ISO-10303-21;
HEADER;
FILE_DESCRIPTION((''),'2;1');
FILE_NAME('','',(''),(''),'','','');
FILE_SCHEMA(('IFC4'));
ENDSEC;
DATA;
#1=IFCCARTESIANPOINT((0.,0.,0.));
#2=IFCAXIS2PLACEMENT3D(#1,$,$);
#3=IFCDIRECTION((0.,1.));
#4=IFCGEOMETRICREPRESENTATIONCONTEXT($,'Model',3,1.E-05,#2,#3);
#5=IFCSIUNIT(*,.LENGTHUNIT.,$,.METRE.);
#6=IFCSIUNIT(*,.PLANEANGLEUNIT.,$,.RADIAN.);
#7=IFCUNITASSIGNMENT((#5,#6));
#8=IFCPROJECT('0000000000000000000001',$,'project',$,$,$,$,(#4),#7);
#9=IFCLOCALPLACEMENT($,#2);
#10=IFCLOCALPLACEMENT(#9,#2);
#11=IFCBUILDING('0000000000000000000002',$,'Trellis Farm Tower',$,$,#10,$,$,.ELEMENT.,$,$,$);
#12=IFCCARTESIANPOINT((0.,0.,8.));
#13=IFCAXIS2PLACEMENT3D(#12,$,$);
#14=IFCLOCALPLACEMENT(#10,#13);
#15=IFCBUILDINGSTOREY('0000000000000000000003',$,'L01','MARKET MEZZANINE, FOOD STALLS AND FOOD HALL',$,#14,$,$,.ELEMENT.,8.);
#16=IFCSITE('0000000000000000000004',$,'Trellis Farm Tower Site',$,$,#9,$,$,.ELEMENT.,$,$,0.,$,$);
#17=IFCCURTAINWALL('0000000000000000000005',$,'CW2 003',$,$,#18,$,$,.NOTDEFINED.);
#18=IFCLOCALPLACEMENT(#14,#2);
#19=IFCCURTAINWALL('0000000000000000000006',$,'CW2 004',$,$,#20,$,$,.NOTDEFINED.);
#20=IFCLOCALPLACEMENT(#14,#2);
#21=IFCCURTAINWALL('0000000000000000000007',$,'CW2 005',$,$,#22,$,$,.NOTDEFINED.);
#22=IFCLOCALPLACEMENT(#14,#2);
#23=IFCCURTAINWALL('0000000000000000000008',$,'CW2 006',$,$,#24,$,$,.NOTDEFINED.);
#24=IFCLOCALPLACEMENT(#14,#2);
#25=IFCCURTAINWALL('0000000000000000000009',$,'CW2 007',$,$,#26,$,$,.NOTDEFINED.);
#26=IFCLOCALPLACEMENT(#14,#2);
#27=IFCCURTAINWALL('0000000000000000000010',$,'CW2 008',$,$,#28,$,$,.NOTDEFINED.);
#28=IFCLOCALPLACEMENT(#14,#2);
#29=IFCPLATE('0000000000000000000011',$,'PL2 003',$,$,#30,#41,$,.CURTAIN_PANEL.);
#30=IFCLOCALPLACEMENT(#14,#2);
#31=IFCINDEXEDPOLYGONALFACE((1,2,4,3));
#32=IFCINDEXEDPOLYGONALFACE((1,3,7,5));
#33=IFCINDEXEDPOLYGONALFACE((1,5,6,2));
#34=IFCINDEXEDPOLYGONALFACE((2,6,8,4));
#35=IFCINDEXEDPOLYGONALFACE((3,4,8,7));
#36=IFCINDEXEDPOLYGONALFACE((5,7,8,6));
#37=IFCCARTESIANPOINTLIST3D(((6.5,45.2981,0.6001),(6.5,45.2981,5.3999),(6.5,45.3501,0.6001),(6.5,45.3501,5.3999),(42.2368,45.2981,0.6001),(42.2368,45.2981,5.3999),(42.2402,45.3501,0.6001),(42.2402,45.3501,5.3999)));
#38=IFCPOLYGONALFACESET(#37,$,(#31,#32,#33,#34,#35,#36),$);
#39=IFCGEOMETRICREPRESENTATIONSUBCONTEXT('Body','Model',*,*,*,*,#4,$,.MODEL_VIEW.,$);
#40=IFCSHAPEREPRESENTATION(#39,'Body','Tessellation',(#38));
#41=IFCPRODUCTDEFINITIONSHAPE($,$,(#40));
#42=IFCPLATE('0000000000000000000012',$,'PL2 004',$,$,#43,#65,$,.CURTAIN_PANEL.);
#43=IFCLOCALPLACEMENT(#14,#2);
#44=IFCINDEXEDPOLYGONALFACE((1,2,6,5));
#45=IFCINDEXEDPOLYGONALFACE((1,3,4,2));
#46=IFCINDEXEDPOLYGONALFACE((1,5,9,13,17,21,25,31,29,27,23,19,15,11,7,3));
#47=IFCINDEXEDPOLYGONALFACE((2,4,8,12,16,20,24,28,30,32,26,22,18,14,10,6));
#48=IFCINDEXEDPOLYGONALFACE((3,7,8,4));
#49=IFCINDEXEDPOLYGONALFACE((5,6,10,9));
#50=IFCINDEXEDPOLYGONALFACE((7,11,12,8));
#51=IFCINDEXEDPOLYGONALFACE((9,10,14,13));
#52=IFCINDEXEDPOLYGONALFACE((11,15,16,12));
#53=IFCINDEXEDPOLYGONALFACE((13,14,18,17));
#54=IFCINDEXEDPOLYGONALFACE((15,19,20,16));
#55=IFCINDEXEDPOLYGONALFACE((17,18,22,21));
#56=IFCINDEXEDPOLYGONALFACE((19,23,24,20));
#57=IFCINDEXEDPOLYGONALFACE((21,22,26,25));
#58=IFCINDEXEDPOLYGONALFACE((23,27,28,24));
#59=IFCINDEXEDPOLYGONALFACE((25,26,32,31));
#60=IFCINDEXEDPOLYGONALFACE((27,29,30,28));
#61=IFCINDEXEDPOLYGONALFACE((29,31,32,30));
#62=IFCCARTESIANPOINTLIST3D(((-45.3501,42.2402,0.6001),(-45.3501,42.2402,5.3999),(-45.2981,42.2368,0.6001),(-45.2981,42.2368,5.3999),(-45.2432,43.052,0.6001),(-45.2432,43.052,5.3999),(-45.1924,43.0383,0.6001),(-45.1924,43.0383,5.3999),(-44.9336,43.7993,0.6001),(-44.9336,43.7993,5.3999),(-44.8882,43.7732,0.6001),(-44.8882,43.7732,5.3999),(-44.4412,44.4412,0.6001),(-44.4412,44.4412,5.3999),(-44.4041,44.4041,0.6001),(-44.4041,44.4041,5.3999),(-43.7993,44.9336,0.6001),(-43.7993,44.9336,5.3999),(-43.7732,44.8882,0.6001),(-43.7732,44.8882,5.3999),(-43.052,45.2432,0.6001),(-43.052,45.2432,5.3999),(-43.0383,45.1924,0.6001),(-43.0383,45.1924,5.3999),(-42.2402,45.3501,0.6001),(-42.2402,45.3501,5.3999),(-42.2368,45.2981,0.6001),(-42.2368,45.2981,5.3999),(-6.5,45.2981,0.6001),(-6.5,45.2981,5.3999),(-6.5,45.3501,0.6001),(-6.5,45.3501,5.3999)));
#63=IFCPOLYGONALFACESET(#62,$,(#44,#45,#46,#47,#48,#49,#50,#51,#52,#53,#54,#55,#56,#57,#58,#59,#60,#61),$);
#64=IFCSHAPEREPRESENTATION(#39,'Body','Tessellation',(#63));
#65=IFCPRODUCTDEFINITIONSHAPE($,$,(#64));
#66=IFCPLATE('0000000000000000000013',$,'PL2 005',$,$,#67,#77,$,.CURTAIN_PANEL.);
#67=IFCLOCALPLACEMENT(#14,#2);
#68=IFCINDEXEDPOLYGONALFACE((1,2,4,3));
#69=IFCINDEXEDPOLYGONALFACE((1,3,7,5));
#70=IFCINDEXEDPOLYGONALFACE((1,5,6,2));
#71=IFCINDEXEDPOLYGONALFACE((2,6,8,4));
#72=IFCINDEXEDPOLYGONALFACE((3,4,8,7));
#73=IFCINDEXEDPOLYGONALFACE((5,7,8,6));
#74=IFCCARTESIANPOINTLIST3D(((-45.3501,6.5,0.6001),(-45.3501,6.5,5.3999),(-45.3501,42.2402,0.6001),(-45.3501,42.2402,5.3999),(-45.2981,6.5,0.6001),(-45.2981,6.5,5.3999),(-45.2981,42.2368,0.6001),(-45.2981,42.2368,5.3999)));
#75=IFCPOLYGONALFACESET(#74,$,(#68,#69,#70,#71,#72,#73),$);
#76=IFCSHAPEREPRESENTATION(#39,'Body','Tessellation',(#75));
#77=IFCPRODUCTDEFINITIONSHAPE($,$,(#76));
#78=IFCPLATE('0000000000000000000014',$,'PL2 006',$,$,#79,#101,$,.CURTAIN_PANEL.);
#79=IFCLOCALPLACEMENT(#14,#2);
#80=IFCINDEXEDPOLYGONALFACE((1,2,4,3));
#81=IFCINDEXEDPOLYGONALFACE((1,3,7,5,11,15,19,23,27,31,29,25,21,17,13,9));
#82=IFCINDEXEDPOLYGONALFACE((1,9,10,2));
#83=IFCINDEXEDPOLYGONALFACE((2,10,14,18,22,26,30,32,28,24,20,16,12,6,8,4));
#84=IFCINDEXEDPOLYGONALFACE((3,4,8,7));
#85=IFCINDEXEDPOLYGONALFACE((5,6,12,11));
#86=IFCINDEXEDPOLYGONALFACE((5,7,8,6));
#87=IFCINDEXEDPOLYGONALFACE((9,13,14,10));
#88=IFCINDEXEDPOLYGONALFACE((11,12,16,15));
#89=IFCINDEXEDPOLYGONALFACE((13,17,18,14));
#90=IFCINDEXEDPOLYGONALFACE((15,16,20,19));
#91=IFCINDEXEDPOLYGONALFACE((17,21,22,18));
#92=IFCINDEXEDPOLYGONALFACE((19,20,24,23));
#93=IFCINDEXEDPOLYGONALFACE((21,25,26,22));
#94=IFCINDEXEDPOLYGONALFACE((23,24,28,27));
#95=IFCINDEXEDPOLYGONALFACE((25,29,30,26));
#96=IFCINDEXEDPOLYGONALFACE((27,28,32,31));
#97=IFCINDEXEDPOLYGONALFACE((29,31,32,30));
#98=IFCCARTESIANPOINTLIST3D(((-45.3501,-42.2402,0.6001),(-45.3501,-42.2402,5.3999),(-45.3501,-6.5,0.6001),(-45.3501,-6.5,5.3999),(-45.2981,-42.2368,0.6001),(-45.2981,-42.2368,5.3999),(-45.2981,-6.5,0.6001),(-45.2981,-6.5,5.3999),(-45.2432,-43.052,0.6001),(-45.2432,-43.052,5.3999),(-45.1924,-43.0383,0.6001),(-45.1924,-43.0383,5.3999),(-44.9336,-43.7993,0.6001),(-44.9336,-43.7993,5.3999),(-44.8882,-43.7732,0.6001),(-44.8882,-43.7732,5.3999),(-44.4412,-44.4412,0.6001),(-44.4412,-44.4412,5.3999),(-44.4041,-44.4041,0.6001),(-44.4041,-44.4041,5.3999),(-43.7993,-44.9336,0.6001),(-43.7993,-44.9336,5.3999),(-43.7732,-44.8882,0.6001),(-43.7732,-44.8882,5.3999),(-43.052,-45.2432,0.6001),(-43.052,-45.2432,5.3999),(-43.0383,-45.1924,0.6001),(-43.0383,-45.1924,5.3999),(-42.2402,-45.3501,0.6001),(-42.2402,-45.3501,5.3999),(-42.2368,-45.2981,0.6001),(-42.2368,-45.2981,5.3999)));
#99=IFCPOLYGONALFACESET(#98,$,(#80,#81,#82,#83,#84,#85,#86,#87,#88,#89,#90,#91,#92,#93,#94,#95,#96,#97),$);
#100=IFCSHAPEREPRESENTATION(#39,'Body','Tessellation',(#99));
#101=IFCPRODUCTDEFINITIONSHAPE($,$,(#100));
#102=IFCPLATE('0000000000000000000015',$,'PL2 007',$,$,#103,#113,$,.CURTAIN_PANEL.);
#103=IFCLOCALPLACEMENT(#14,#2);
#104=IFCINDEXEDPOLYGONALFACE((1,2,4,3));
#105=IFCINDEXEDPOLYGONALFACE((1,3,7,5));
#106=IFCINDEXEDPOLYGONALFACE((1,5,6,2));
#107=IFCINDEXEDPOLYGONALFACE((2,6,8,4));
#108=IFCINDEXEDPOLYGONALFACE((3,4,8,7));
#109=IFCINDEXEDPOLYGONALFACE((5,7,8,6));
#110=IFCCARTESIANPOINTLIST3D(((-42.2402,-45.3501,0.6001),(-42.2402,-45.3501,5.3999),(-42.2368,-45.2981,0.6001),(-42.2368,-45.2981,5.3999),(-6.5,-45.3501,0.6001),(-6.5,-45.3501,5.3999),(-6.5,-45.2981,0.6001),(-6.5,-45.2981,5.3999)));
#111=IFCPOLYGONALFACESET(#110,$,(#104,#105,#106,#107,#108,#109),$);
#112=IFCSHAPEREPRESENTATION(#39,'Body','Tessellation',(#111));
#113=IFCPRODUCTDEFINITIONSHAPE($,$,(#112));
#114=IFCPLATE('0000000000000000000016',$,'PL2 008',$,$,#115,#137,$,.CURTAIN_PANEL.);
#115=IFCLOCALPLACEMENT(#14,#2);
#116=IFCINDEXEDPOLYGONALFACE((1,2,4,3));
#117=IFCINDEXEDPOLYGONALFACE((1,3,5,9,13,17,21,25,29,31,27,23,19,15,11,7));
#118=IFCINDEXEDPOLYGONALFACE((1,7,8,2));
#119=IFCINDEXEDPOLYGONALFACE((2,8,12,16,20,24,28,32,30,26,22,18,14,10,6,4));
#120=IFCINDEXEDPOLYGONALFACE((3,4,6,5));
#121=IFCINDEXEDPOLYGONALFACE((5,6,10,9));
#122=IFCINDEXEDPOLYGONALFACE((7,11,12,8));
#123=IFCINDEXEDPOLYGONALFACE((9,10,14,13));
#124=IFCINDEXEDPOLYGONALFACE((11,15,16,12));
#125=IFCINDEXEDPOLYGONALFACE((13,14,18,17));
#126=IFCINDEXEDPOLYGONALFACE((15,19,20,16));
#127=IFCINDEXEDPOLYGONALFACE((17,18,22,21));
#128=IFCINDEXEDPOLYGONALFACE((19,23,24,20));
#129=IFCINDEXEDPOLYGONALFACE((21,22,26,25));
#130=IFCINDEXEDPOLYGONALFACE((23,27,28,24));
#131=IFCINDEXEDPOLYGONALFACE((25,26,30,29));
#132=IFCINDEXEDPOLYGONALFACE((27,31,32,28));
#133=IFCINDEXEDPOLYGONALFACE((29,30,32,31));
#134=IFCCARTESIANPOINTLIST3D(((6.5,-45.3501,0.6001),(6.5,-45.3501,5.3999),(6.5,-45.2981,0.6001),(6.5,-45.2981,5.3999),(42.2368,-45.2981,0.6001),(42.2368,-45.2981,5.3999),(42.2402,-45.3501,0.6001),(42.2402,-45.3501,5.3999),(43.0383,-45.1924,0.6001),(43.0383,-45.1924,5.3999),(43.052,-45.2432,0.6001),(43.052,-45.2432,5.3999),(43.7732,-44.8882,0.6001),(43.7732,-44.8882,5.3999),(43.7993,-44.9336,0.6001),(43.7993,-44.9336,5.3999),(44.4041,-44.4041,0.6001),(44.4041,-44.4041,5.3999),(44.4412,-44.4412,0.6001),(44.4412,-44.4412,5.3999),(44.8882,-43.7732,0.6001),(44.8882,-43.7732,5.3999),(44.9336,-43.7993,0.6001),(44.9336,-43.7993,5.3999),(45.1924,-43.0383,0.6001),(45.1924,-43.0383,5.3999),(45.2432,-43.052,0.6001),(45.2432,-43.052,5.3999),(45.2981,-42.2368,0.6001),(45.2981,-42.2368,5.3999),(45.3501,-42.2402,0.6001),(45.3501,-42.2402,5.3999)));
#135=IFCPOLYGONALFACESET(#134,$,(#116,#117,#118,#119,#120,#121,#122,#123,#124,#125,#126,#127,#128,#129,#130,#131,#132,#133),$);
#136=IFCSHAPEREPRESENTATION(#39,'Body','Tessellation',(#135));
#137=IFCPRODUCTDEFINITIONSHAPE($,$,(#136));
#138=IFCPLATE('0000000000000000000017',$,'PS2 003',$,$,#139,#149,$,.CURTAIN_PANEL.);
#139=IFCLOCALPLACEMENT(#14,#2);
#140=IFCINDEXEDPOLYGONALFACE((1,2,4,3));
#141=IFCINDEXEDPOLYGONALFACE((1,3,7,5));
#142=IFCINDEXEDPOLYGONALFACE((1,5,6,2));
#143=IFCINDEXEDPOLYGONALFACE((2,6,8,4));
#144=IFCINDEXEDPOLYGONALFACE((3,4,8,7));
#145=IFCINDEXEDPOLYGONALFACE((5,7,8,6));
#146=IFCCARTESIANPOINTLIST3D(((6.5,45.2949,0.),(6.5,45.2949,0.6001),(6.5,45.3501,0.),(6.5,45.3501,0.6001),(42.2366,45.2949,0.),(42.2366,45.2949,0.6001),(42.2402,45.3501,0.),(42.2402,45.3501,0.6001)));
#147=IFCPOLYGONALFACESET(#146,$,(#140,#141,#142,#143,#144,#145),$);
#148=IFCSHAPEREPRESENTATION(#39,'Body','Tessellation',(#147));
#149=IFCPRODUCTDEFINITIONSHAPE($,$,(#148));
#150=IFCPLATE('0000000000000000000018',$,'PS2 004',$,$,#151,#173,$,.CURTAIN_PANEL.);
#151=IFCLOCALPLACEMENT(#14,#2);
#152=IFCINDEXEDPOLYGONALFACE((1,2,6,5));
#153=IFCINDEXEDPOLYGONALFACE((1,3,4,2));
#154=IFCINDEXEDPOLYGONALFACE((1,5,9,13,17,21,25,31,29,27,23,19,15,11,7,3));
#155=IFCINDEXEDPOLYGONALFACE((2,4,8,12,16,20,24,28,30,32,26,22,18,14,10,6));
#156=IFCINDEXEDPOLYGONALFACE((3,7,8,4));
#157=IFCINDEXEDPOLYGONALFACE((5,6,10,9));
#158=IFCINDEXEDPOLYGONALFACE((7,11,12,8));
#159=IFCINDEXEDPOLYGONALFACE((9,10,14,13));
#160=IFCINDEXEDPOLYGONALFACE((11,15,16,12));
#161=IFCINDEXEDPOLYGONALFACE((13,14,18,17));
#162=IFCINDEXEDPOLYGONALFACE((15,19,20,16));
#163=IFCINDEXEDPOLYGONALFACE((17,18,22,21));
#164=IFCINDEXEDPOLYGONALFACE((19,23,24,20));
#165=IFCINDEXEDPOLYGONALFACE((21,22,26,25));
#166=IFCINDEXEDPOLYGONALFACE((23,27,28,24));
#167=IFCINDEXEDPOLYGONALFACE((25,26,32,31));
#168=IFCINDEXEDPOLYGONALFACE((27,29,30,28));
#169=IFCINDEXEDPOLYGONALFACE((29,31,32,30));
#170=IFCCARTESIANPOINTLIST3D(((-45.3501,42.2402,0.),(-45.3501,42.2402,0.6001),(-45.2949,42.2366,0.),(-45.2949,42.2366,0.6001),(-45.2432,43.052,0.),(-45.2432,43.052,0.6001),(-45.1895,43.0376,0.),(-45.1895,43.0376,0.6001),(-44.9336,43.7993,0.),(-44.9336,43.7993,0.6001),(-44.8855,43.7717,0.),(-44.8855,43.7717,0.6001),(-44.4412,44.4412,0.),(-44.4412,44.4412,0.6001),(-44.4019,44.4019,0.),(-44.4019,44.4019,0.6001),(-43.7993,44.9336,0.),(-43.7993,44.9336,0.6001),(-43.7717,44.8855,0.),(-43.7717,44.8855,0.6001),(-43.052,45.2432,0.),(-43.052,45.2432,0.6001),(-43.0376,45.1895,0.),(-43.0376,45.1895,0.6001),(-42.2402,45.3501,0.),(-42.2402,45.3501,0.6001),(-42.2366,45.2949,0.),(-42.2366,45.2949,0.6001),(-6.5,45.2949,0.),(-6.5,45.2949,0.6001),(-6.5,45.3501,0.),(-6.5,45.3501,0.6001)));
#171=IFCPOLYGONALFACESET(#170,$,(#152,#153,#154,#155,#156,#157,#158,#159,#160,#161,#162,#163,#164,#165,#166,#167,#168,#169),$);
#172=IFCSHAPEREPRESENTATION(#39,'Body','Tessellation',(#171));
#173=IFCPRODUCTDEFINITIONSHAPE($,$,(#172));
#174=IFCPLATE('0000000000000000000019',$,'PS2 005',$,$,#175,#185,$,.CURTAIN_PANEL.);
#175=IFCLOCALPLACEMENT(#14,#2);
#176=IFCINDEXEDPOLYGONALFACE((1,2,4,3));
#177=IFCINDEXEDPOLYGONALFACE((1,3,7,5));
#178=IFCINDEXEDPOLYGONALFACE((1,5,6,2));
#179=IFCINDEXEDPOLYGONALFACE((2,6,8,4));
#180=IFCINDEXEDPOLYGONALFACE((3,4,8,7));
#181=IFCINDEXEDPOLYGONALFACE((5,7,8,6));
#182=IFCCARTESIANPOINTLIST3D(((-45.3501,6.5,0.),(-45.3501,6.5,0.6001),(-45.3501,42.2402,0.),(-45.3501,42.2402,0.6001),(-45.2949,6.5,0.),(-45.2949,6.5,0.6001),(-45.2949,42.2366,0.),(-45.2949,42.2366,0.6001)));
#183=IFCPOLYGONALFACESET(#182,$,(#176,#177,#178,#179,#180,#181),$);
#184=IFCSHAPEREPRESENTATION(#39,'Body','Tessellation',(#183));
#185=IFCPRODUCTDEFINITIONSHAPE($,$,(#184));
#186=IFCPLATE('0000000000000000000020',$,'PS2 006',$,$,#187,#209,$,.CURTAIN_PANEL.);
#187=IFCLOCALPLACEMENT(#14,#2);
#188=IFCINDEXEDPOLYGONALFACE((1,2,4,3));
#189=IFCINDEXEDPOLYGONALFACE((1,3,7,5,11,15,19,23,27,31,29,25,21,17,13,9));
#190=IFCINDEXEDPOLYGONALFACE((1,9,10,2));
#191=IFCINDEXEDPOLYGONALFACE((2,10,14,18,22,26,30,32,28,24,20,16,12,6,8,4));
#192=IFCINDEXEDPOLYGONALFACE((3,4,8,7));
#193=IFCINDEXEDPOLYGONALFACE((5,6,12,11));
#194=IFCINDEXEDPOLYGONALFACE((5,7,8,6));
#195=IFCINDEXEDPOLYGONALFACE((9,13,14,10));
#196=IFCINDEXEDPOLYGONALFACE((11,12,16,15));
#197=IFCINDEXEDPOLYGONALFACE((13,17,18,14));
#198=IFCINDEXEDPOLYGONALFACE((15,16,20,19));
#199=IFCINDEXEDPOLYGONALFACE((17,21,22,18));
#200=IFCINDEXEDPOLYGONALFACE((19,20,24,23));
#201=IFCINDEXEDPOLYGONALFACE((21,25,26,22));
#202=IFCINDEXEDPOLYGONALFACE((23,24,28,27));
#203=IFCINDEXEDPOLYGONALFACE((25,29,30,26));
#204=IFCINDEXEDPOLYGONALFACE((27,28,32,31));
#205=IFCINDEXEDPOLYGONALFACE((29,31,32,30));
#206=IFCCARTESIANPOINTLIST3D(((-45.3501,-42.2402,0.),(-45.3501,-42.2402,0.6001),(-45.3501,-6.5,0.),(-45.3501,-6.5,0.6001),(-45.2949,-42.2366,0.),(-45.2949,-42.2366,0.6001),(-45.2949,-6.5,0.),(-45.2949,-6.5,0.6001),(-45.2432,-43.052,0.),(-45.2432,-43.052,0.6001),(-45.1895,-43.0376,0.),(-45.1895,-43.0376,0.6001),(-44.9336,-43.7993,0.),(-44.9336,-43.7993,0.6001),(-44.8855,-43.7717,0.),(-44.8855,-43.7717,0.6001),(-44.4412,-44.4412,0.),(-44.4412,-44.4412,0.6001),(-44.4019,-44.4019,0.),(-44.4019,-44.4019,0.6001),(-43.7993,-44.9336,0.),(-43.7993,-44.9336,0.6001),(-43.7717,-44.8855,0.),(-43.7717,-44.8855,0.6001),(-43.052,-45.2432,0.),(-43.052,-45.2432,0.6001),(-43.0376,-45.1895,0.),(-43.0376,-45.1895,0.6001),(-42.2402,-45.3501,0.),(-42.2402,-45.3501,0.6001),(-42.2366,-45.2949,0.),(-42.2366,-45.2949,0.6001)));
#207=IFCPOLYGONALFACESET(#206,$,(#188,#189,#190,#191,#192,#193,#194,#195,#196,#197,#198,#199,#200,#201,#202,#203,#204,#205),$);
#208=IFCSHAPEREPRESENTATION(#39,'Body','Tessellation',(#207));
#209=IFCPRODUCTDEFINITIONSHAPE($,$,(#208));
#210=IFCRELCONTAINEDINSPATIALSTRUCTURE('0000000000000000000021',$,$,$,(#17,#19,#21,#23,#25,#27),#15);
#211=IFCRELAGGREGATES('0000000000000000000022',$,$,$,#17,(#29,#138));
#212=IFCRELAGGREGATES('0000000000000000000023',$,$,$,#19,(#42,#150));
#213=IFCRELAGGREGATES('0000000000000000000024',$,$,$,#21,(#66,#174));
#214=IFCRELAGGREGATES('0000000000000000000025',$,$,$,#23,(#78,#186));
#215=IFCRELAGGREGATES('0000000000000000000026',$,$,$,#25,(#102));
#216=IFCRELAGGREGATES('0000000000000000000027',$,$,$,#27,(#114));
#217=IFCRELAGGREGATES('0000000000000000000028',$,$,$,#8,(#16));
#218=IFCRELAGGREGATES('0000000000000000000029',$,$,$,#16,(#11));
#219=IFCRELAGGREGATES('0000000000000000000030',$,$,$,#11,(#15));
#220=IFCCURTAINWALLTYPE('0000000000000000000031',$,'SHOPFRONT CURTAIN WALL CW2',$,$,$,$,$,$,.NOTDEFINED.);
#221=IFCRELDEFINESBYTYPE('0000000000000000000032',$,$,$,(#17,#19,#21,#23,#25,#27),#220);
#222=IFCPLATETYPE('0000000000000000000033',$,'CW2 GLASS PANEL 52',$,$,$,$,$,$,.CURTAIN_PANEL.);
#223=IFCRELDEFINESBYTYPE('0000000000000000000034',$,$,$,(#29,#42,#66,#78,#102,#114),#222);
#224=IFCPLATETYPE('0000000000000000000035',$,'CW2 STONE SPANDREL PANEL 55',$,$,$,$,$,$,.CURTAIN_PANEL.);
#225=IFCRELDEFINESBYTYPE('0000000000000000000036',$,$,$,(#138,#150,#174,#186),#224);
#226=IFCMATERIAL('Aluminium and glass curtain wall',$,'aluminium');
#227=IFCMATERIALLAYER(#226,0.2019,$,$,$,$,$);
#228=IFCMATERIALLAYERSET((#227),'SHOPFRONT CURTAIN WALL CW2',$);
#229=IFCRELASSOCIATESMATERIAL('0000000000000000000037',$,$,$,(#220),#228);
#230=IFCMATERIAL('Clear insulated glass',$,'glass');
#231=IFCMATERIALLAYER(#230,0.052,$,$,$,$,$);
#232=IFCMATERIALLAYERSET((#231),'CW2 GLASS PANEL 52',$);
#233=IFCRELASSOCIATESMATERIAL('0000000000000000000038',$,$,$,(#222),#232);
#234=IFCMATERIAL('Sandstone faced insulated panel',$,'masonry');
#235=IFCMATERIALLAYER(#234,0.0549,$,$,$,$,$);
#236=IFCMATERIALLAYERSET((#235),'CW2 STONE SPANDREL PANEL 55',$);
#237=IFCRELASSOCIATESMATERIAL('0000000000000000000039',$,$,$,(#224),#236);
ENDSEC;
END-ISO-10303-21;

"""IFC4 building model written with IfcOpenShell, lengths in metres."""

from ifc_helpers import new_model, si_unit, direction, frame, origin, place, context, subcontext, project, spatial, polyline, outline, extrude, material, layer, layer_set, type_object, element, aggregate, save


model = new_model("IFC4")

# Units and contexts
model_context = context("Model", 3, precision=1e-05, world=origin(), true_north=direction((0.0, 1.0)))
body_context = subcontext(model_context, "Body", "Model", "MODEL_VIEW")
ifc_project = project(units=[si_unit("LENGTHUNIT", "METRE"), si_unit("PLANEANGLEUNIT", "RADIAN")], contexts=[model_context])

# Site, building, storey
site_placement = place(None, origin())
site = spatial("IfcSite", under=ifc_project, at=site_placement, Name="Trellis Farm Tower Site", CompositionType="ELEMENT", RefElevation=0.0)
building_placement = place(site_placement, origin())
building = spatial("IfcBuilding", under=site, at=building_placement, Name="Trellis Farm Tower", CompositionType="ELEMENT")
storey_placement = place(building_placement, frame((0.0, 0.0, 8.0)))
storey = spatial("IfcBuildingStorey", under=building, at=storey_placement, Name="L01", Description="MARKET MEZZANINE, FOOD STALLS AND FOOD HALL", CompositionType="ELEMENT", Elevation=8.0)

# Curtain walls
ifc_material_1 = material(Name="Aluminium and glass curtain wall", Category="aluminium")
ifc_layer_1 = layer(ifc_material_1, 0.2019)
ifc_layer_set_1 = layer_set([ifc_layer_1], Name="SHOPFRONT CURTAIN WALL CW2")
curtain_wall_type_1 = type_object("IfcCurtainWallType", Name="SHOPFRONT CURTAIN WALL CW2", PredefinedType="NOTDEFINED", material=ifc_layer_set_1)
placement_1 = place(storey_placement, origin())
curtain_wall_1 = element("IfcCurtainWall", 1, at=placement_1, inside=storey, type_object=curtain_wall_type_1, Name="CW2 003", PredefinedType="NOTDEFINED")
curtain_wall_2 = element("IfcCurtainWall", 2, at=placement_1, inside=storey, type_object=curtain_wall_type_1, Name="CW2 004", PredefinedType="NOTDEFINED")
curtain_wall_3 = element("IfcCurtainWall", 3, at=placement_1, inside=storey, type_object=curtain_wall_type_1, Name="CW2 005", PredefinedType="NOTDEFINED")
curtain_wall_4 = element("IfcCurtainWall", 4, at=placement_1, inside=storey, type_object=curtain_wall_type_1, Name="CW2 006", PredefinedType="NOTDEFINED")
curtain_wall_5 = element("IfcCurtainWall", 5, at=placement_1, inside=storey, type_object=curtain_wall_type_1, Name="CW2 007", PredefinedType="NOTDEFINED")
curtain_wall_6 = element("IfcCurtainWall", 6, at=placement_1, inside=storey, type_object=curtain_wall_type_1, Name="CW2 008", PredefinedType="NOTDEFINED")

# Plates
ifc_material_2 = material(Name="Clear insulated glass", Category="glass")
ifc_layer_2 = layer(ifc_material_2, 0.052)
ifc_layer_set_2 = layer_set([ifc_layer_2], Name="CW2 GLASS PANEL 52")
plate_type_1 = type_object("IfcPlateType", Name="CW2 GLASS PANEL 52", PredefinedType="CURTAIN_PANEL", material=ifc_layer_set_2)
placement_2 = place(storey_placement, frame((0.0, 0.0, 0.6001)))
plate_1 = element("IfcPlate", 7, at=placement_2, type_object=plate_type_1, Name="PL2 003", PredefinedType="CURTAIN_PANEL", context=body_context, shape_type="SweptSolid", body=[
    extrude(outline(polyline([(42.2402, 45.3501), (6.5, 45.3501), (6.5, 45.2981), (42.2368, 45.2981), (42.2402, 45.3501)])), origin(), (0.0, 0.0, 1.0), 4.7998),
])
plate_2 = element("IfcPlate", 8, at=placement_2, type_object=plate_type_1, Name="PL2 004", PredefinedType="CURTAIN_PANEL", context=body_context, shape_type="SweptSolid", body=[
    extrude(outline(polyline([(-6.5, 45.3501), (-42.2402, 45.3501), (-43.052, 45.2432), (-43.7993, 44.9336), (-44.4412, 44.4412), (-44.9336, 43.7993), (-45.2432, 43.052), (-45.3501, 42.2402), (-45.2981, 42.2368), (-45.1924, 43.0383), (-44.8882, 43.7732), (-44.4041, 44.4041), (-43.7732, 44.8882), (-43.0383, 45.1924), (-42.2368, 45.2981), (-6.5, 45.2981), (-6.5, 45.3501)])), origin(), (0.0, 0.0, 1.0), 4.7998),
])
plate_3 = element("IfcPlate", 9, at=placement_2, type_object=plate_type_1, Name="PL2 005", PredefinedType="CURTAIN_PANEL", context=body_context, shape_type="SweptSolid", body=[
    extrude(outline(polyline([(-45.3501, 42.2402), (-45.3501, 6.5), (-45.2981, 6.5), (-45.2981, 42.2368), (-45.3501, 42.2402)])), origin(), (0.0, 0.0, 1.0), 4.7998),
])
plate_4 = element("IfcPlate", 10, at=placement_2, type_object=plate_type_1, Name="PL2 006", PredefinedType="CURTAIN_PANEL", context=body_context, shape_type="SweptSolid", body=[
    extrude(outline(polyline([(-45.3501, -6.5), (-45.3501, -42.2402), (-45.2432, -43.052), (-44.9336, -43.7993), (-44.4412, -44.4412), (-43.7993, -44.9336), (-43.052, -45.2432), (-42.2402, -45.3501), (-42.2368, -45.2981), (-43.0383, -45.1924), (-43.7732, -44.8882), (-44.4041, -44.4041), (-44.8882, -43.7732), (-45.1924, -43.0383), (-45.2981, -42.2368), (-45.2981, -6.5), (-45.3501, -6.5)])), origin(), (0.0, 0.0, 1.0), 4.7998),
])
plate_5 = element("IfcPlate", 11, at=placement_2, type_object=plate_type_1, Name="PL2 007", PredefinedType="CURTAIN_PANEL", context=body_context, shape_type="SweptSolid", body=[
    extrude(outline(polyline([(-42.2402, -45.3501), (-6.5, -45.3501), (-6.5, -45.2981), (-42.2368, -45.2981), (-42.2402, -45.3501)])), origin(), (0.0, 0.0, 1.0), 4.7998),
])
plate_6 = element("IfcPlate", 12, at=placement_2, type_object=plate_type_1, Name="PL2 008", PredefinedType="CURTAIN_PANEL", context=body_context, shape_type="SweptSolid", body=[
    extrude(outline(polyline([(6.5, -45.3501), (42.2402, -45.3501), (43.052, -45.2432), (43.7993, -44.9336), (44.4412, -44.4412), (44.9336, -43.7993), (45.2432, -43.052), (45.3501, -42.2402), (45.2981, -42.2368), (45.1924, -43.0383), (44.8882, -43.7732), (44.4041, -44.4041), (43.7732, -44.8882), (43.0383, -45.1924), (42.2368, -45.2981), (6.5, -45.2981), (6.5, -45.3501)])), origin(), (0.0, 0.0, 1.0), 4.7998),
])
ifc_material_3 = material(Name="Sandstone faced insulated panel", Category="masonry")
ifc_layer_3 = layer(ifc_material_3, 0.0549)
ifc_layer_set_3 = layer_set([ifc_layer_3], Name="CW2 STONE SPANDREL PANEL 55")
plate_type_2 = type_object("IfcPlateType", Name="CW2 STONE SPANDREL PANEL 55", PredefinedType="CURTAIN_PANEL", material=ifc_layer_set_3)
plate_7 = element("IfcPlate", 13, at=placement_1, type_object=plate_type_2, Name="PS2 003", PredefinedType="CURTAIN_PANEL", context=body_context, shape_type="SweptSolid", body=[
    extrude(outline(polyline([(42.2402, 45.3501), (6.5, 45.3501), (6.5, 45.2949), (42.2366, 45.2949), (42.2402, 45.3501)])), origin(), (0.0, 0.0, 1.0), 0.6001),
])
aggregate(curtain_wall_1, [plate_1, plate_7])
plate_8 = element("IfcPlate", 14, at=placement_1, type_object=plate_type_2, Name="PS2 004", PredefinedType="CURTAIN_PANEL", context=body_context, shape_type="SweptSolid", body=[
    extrude(outline(polyline([(-6.5, 45.3501), (-42.2402, 45.3501), (-43.052, 45.2432), (-43.7993, 44.9336), (-44.4412, 44.4412), (-44.9336, 43.7993), (-45.2432, 43.052), (-45.3501, 42.2402), (-45.2949, 42.2366), (-45.1895, 43.0376), (-44.8855, 43.7717), (-44.4019, 44.4019), (-43.7717, 44.8855), (-43.0376, 45.1895), (-42.2366, 45.2949), (-6.5, 45.2949), (-6.5, 45.3501)])), origin(), (0.0, 0.0, 1.0), 0.6001),
])
aggregate(curtain_wall_2, [plate_2, plate_8])
plate_9 = element("IfcPlate", 15, at=placement_1, type_object=plate_type_2, Name="PS2 005", PredefinedType="CURTAIN_PANEL", context=body_context, shape_type="SweptSolid", body=[
    extrude(outline(polyline([(-45.3501, 42.2402), (-45.3501, 6.5), (-45.2949, 6.5), (-45.2949, 42.2366), (-45.3501, 42.2402)])), origin(), (0.0, 0.0, 1.0), 0.6001),
])
aggregate(curtain_wall_3, [plate_3, plate_9])
plate_10 = element("IfcPlate", 16, at=placement_1, type_object=plate_type_2, Name="PS2 006", PredefinedType="CURTAIN_PANEL", context=body_context, shape_type="SweptSolid", body=[
    extrude(outline(polyline([(-45.3501, -6.5), (-45.3501, -42.2402), (-45.2432, -43.052), (-44.9336, -43.7993), (-44.4412, -44.4412), (-43.7993, -44.9336), (-43.052, -45.2432), (-42.2402, -45.3501), (-42.2366, -45.2949), (-43.0376, -45.1895), (-43.7717, -44.8855), (-44.4019, -44.4019), (-44.8855, -43.7717), (-45.1895, -43.0376), (-45.2949, -42.2366), (-45.2949, -6.5), (-45.3501, -6.5)])), origin(), (0.0, 0.0, 1.0), 0.6001),
])
aggregate(curtain_wall_4, [plate_4, plate_10])
aggregate(curtain_wall_5, [plate_5])
aggregate(curtain_wall_6, [plate_6])

save(model, "model.ifc")
